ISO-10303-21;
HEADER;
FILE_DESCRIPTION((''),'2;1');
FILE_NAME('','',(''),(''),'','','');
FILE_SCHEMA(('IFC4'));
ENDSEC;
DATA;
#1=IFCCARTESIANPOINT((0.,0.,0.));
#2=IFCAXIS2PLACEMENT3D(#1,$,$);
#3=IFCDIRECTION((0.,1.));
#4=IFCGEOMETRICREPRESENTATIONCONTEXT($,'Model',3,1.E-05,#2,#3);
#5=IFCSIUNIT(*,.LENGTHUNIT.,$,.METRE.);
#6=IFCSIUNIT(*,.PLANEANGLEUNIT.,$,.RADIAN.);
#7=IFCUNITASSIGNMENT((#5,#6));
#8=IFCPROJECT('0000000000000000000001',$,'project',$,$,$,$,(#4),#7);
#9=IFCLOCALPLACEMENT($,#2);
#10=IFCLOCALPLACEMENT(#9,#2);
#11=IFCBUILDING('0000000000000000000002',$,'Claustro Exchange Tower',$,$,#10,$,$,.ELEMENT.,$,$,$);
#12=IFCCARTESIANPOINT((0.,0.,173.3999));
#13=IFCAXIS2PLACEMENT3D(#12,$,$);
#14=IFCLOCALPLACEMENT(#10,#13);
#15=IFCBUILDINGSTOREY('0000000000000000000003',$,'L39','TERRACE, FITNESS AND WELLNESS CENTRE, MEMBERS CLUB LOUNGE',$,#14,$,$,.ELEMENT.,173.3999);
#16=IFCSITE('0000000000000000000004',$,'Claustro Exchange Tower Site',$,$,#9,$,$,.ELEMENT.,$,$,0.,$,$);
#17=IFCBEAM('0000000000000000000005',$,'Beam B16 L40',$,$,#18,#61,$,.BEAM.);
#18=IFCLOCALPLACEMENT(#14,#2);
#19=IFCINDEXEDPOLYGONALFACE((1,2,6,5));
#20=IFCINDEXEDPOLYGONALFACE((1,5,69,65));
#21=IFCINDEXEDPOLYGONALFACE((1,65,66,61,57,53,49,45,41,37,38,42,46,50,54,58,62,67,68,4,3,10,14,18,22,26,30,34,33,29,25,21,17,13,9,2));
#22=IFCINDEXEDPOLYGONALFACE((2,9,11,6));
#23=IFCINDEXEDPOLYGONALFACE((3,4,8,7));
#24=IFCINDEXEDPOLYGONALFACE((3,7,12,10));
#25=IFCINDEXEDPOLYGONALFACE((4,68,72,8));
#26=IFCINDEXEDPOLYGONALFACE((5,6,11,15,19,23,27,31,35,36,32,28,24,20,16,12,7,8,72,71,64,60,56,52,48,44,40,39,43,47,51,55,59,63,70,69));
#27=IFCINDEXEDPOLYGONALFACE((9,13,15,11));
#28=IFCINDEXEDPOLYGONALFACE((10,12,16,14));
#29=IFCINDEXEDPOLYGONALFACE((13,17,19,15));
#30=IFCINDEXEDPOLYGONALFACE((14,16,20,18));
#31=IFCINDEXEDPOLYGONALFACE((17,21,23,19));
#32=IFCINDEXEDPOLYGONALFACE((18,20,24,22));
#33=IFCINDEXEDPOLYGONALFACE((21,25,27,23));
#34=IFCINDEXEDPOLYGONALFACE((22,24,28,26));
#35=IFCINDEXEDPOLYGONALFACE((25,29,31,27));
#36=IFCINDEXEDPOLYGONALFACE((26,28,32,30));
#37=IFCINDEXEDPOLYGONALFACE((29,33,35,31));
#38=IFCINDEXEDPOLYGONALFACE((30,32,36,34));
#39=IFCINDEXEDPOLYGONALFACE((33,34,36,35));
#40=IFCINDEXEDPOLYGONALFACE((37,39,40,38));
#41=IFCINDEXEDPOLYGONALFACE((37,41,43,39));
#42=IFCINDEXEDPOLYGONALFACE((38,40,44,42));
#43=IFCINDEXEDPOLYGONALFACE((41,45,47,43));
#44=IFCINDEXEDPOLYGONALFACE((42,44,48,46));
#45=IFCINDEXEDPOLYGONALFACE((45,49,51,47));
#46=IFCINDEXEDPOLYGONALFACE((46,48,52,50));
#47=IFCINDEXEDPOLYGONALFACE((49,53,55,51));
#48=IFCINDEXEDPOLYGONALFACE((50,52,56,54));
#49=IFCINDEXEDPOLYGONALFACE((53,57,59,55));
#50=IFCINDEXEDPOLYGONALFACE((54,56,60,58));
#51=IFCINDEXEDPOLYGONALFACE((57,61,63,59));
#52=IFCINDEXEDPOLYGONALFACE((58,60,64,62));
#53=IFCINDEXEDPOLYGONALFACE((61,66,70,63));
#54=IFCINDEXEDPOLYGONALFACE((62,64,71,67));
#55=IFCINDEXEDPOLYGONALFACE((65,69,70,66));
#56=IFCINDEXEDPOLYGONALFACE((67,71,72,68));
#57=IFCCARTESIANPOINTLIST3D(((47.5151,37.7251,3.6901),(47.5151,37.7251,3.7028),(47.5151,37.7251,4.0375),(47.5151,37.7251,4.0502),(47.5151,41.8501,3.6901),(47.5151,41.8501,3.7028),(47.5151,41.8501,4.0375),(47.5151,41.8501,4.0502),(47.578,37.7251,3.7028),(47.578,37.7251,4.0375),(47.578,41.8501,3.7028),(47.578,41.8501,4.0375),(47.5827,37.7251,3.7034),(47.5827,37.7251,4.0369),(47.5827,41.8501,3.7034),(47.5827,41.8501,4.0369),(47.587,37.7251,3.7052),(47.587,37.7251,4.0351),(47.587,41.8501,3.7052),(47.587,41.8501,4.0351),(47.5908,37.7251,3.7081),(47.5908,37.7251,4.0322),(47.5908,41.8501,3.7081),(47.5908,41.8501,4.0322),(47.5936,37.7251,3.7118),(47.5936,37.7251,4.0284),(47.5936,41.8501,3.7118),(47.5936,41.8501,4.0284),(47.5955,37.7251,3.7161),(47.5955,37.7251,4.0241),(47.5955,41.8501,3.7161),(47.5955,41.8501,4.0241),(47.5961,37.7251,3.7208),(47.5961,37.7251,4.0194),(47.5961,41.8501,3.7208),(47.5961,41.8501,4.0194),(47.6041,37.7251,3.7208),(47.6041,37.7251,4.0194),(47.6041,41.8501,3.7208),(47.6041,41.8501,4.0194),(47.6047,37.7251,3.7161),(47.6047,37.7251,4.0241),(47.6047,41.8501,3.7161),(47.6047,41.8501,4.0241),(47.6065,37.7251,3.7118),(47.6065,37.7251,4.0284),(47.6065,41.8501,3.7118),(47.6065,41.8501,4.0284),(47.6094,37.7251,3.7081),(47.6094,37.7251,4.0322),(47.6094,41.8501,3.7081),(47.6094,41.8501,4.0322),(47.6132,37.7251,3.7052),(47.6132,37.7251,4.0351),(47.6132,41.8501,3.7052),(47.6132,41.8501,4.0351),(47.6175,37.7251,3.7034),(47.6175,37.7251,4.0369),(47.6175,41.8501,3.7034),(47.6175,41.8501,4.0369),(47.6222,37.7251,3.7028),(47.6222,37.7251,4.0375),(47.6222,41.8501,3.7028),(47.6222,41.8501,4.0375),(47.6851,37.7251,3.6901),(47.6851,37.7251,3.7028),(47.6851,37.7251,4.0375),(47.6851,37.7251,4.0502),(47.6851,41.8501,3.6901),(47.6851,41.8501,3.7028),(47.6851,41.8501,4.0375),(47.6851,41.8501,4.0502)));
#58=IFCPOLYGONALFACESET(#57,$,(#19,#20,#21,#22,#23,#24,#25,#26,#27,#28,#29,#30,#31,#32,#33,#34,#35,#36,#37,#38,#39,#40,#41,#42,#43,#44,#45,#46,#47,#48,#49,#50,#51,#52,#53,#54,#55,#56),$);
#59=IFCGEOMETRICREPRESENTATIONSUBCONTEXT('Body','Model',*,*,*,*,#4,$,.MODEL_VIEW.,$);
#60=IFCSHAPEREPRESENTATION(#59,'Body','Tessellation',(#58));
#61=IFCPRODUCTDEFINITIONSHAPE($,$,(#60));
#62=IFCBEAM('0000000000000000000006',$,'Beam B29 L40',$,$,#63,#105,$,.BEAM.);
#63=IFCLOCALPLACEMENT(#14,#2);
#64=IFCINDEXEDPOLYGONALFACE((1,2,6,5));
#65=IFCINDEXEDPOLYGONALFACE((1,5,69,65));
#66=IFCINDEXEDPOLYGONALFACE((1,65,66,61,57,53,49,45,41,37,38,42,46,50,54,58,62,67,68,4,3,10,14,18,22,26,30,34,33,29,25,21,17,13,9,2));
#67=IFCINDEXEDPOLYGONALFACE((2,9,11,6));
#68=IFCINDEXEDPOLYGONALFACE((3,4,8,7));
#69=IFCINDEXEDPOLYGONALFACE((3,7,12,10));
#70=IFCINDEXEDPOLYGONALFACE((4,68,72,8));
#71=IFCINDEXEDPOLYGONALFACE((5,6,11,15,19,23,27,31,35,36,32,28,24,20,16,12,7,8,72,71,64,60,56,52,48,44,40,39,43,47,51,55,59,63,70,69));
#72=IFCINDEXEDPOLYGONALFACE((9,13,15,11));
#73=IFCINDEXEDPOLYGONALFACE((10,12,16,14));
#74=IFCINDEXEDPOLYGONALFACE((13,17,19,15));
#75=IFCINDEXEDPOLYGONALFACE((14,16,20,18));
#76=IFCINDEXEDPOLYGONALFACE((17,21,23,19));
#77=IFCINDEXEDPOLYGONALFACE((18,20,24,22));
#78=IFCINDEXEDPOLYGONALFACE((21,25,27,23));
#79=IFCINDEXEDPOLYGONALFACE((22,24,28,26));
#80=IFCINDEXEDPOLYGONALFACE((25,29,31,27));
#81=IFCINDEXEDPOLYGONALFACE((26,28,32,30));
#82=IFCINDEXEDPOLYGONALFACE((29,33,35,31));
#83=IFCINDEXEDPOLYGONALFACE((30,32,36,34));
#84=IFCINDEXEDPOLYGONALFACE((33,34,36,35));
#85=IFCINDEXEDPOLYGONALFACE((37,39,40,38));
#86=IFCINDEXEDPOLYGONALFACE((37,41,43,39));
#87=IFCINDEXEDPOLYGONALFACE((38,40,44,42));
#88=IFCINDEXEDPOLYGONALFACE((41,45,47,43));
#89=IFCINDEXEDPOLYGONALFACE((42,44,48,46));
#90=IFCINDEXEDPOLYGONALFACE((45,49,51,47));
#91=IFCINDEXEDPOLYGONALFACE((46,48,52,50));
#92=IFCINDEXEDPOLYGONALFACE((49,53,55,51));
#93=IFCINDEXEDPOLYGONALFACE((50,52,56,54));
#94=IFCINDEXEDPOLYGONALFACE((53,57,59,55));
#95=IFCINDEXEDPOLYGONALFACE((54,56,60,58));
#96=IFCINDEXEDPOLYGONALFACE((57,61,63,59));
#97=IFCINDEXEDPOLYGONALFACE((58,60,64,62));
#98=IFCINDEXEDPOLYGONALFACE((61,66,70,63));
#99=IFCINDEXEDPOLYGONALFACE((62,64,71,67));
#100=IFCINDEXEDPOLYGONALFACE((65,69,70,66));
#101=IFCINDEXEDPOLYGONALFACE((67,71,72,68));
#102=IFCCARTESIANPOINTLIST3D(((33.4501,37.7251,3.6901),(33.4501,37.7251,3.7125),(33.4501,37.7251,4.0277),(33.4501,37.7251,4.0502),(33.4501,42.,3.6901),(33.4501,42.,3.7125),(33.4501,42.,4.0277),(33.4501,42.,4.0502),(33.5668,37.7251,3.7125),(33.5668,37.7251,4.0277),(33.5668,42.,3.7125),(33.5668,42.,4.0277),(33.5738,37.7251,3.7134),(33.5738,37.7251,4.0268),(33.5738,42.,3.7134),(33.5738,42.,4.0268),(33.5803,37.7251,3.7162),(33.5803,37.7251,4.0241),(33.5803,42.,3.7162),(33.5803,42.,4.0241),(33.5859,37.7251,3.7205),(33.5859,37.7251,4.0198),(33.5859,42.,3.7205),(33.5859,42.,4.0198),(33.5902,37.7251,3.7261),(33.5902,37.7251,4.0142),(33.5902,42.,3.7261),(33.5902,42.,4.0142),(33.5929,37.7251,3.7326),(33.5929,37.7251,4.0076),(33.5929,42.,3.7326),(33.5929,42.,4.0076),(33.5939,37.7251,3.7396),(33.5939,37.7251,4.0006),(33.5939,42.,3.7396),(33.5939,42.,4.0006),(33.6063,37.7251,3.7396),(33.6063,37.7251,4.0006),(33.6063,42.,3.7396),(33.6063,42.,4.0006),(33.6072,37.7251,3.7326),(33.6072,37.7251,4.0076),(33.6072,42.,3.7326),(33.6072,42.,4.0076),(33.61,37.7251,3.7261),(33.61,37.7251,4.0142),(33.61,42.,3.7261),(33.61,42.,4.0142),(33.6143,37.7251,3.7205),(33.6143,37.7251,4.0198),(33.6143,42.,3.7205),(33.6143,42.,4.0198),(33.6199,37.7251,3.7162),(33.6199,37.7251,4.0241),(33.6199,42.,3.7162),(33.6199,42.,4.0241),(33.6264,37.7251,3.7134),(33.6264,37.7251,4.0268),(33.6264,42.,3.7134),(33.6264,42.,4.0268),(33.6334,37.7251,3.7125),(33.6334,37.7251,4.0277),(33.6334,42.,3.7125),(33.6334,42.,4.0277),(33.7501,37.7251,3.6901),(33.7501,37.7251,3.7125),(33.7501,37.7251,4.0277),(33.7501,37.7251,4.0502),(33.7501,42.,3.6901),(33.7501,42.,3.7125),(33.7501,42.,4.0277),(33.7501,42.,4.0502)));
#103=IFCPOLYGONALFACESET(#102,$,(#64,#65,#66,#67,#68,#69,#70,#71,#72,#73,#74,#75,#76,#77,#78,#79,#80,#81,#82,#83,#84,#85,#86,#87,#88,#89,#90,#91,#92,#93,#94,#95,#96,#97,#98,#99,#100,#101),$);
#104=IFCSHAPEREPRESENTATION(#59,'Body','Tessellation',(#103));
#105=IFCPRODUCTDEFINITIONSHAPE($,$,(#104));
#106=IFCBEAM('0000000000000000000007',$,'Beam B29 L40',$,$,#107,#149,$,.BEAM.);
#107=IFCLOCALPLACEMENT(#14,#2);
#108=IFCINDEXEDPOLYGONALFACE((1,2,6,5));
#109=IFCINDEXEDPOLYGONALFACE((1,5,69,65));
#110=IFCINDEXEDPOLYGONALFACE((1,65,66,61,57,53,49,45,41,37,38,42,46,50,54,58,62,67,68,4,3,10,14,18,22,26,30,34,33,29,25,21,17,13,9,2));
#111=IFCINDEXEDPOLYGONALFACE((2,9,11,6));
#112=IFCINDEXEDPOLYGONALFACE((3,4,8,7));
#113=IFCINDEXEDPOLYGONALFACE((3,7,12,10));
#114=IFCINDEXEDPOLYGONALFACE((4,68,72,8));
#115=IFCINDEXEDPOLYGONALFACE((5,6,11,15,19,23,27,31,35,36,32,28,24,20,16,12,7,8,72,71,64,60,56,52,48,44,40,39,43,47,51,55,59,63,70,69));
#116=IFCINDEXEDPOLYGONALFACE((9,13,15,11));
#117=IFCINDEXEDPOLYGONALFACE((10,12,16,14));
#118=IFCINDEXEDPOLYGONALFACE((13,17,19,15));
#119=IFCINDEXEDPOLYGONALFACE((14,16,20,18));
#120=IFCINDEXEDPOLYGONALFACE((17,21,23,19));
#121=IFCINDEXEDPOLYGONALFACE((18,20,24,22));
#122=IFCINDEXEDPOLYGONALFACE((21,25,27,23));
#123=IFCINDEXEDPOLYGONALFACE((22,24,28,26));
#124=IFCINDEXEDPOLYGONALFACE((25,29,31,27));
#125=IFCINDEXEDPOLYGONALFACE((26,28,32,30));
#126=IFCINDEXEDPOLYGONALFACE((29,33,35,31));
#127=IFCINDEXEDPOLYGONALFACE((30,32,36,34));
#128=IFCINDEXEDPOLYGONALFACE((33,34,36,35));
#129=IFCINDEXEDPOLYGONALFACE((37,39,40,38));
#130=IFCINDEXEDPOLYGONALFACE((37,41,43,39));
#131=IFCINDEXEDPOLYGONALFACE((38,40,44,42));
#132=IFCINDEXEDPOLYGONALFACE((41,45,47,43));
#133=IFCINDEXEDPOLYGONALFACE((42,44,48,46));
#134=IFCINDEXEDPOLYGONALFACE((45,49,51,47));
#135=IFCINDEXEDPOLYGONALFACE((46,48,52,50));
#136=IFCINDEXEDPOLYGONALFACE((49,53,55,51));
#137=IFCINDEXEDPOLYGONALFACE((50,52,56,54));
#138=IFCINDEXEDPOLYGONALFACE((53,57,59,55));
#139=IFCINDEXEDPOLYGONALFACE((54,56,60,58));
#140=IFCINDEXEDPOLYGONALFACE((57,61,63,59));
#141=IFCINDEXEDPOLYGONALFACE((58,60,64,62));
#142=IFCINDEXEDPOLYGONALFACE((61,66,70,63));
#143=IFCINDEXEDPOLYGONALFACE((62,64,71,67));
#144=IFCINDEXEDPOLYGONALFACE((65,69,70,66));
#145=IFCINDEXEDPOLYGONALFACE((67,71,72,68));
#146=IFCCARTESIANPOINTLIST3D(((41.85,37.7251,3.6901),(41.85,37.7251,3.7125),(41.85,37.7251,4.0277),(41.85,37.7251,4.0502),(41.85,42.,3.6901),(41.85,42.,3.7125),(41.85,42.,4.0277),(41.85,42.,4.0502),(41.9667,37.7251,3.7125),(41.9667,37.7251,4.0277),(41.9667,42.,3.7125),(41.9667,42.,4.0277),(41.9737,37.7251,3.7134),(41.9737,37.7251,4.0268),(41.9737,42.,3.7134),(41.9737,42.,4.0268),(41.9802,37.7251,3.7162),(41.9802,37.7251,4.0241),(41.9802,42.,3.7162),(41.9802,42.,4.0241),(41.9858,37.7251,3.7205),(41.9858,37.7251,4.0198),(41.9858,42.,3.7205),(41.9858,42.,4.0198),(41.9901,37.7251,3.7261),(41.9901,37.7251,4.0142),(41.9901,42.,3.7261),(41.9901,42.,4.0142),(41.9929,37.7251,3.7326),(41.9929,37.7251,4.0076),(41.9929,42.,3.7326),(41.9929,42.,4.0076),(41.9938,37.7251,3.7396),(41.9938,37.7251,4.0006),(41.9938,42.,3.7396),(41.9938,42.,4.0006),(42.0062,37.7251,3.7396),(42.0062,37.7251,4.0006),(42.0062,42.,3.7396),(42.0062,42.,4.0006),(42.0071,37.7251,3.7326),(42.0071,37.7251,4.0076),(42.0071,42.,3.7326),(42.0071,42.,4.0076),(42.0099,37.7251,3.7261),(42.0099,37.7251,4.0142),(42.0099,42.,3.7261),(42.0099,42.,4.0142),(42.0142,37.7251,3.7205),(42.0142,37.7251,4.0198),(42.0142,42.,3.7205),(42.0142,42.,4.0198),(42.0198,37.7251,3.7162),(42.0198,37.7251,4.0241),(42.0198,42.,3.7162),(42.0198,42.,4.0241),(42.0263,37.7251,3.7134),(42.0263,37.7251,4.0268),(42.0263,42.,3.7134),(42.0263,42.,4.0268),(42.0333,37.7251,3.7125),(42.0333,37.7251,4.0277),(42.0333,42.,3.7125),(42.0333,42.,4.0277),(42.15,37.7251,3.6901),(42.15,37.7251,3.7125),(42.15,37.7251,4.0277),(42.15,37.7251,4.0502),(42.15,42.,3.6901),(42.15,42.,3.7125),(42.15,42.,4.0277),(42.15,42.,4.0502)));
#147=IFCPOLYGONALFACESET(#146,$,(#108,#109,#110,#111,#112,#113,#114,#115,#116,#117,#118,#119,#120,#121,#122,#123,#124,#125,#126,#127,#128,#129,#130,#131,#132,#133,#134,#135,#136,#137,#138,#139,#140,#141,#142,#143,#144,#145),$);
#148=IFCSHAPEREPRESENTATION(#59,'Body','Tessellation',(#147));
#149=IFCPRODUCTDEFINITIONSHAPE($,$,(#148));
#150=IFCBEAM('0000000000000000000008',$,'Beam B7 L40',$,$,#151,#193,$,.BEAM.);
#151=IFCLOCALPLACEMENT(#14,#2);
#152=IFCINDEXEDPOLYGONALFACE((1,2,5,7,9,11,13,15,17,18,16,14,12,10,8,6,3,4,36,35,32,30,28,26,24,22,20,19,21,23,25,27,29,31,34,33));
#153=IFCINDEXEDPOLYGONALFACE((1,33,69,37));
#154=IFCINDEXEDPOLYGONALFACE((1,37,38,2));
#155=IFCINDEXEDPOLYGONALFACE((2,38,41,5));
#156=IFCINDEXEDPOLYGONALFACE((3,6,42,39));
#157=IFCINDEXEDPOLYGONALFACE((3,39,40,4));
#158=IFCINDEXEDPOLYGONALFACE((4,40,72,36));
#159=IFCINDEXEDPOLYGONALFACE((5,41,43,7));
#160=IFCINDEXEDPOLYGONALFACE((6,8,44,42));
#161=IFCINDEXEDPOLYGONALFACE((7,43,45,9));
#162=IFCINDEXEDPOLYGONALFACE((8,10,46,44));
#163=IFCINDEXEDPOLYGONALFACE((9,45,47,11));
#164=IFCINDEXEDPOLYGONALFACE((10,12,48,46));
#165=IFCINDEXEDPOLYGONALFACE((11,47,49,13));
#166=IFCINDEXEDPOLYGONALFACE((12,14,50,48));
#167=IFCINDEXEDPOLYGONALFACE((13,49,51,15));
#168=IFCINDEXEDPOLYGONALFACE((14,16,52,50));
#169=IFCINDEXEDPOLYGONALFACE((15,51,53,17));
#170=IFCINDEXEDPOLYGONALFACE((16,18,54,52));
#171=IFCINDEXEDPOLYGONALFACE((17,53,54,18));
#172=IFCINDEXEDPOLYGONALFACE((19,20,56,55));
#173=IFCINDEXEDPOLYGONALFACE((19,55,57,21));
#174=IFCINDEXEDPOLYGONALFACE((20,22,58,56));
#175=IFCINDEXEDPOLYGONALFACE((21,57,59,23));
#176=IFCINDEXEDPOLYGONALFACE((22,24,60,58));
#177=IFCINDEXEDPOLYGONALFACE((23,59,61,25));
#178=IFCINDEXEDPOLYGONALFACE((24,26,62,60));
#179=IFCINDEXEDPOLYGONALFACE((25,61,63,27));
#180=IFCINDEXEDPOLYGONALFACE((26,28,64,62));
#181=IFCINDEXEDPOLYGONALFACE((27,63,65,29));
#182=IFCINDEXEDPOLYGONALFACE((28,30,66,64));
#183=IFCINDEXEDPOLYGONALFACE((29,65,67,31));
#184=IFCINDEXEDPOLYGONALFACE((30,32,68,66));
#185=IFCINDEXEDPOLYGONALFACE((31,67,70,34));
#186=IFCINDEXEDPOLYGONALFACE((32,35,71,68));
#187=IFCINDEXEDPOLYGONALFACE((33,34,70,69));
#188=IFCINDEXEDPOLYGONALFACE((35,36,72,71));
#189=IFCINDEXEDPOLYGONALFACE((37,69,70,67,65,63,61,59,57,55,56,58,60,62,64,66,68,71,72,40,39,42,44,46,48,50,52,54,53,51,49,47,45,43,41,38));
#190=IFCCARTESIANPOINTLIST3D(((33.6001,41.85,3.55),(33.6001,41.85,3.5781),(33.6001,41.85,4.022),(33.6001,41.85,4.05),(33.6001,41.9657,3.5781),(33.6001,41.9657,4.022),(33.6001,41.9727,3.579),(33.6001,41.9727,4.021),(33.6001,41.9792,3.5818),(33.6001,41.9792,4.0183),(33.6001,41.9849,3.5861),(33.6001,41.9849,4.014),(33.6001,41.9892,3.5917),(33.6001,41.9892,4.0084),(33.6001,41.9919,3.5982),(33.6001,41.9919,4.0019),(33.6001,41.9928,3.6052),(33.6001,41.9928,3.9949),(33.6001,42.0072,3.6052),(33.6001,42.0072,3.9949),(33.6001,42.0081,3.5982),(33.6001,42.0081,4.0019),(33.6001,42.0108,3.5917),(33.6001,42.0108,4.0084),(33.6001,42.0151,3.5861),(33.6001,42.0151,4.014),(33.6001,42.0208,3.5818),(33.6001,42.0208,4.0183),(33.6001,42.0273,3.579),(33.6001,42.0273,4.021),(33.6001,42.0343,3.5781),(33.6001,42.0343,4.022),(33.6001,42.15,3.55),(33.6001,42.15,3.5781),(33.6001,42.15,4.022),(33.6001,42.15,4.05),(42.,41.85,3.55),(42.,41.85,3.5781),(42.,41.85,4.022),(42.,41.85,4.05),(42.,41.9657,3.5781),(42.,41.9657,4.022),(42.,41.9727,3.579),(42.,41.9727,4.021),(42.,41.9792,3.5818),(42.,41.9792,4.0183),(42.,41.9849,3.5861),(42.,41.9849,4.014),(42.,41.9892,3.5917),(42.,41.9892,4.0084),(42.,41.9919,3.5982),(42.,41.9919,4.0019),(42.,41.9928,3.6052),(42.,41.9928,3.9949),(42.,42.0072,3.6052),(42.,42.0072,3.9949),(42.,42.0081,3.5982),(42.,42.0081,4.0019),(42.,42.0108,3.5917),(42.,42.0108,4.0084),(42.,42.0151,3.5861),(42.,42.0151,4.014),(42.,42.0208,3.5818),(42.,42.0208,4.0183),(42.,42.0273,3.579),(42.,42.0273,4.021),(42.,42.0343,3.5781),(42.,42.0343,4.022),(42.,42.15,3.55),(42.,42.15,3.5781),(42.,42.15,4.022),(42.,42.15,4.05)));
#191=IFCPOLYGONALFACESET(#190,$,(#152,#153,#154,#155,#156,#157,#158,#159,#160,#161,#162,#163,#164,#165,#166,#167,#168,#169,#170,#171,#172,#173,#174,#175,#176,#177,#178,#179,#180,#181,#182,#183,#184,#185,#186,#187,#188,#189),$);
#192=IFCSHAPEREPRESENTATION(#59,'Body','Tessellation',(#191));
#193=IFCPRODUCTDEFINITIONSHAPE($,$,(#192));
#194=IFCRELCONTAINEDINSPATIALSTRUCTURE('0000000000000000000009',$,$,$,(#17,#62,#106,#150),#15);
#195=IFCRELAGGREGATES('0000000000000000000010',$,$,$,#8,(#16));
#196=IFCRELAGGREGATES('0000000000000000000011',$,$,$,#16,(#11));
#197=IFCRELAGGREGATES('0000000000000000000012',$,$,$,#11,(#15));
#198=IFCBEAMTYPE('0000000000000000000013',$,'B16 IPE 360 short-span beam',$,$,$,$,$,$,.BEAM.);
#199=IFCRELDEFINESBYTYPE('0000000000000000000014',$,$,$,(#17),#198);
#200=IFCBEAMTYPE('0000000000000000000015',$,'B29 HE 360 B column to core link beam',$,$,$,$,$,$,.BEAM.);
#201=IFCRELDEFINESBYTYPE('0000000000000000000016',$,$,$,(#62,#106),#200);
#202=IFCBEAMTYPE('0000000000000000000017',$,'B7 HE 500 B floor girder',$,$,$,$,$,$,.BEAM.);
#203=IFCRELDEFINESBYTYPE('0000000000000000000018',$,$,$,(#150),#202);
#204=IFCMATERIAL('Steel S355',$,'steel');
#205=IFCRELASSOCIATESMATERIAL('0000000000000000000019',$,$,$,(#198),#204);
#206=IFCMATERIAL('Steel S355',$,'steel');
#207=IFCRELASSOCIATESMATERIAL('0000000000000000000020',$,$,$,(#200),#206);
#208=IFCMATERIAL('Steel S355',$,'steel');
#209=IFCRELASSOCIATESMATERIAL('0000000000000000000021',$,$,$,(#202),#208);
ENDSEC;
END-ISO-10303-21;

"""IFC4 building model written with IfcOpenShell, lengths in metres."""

from ifc_helpers import new_model, si_unit, direction, frame, origin, origin_2d, place, context, subcontext, project, spatial, i_section, extrude, material, material_profile, profile_set, type_object, element, save


model = new_model("IFC4")

# Units and contexts
model_context = context("Model", 3, precision=1e-05, world=origin(), true_north=direction((0.0, 1.0)))
body_context = subcontext(model_context, "Body", "Model", "MODEL_VIEW")
ifc_project = project(units=[si_unit("LENGTHUNIT", "METRE"), si_unit("PLANEANGLEUNIT", "RADIAN")], contexts=[model_context])

# Site, building, storey
site_placement = place(None, origin())
site = spatial("IfcSite", under=ifc_project, at=site_placement, Name="Claustro Exchange Tower Site", CompositionType="ELEMENT", RefElevation=0.0)
building_placement = place(site_placement, origin())
building = spatial("IfcBuilding", under=site, at=building_placement, Name="Claustro Exchange Tower", CompositionType="ELEMENT")
storey_placement = place(building_placement, frame((0.0, 0.0, 173.3999)))
storey = spatial("IfcBuildingStorey", under=building, at=storey_placement, Name="L39", Description="TERRACE, FITNESS AND WELLNESS CENTRE, MEMBERS CLUB LOUNGE", CompositionType="ELEMENT", Elevation=173.3999)

# Beams
ifc_material_1 = material(Name="Steel S355", Category="steel")
ifc_material_profile_1 = material_profile(ifc_material_1, i_section(OverallWidth=0.1699, OverallDepth=0.3601, WebThickness=0.0081, FlangeThickness=0.0127, FilletRadius=0.0181, at=origin_2d()), Name="IPE 360")
ifc_profile_set_1 = profile_set([ifc_material_profile_1], Name="Steel S355")
beam_type_1 = type_object("IfcBeamType", Name="B16 IPE 360 short-span beam", PredefinedType="BEAM", material=ifc_profile_set_1)
for number, where, z_axis, x_axis, name in (
    (1, (47.6001, 37.7251, 3.8701), (0.0, 1.0, 0.0), (-1.0, 0.0, 0.0), "Beam B16 L40"),
):
    element("IfcBeam", number, at=place(storey_placement, frame(where, z_axis=z_axis, x_axis=x_axis)), inside=storey, type_object=beam_type_1, Name=name, PredefinedType="BEAM", context=body_context, shape_type="SweptSolid", body=[
        extrude(i_section(OverallWidth=0.1699, OverallDepth=0.3601, WebThickness=0.0081, FlangeThickness=0.0127, FilletRadius=0.0181, at=origin_2d()), origin(), (0.0, 0.0, 1.0), 4.125),
    ])
ifc_material_2 = material(Name="Steel S355", Category="steel")
ifc_material_profile_2 = material_profile(ifc_material_2, i_section(OverallWidth=0.3, OverallDepth=0.3601, WebThickness=0.0125, FlangeThickness=0.0225, FilletRadius=0.0271, at=origin_2d()), Name="HE 360 B")
ifc_profile_set_2 = profile_set([ifc_material_profile_2], Name="Steel S355")
beam_type_2 = type_object("IfcBeamType", Name="B29 HE 360 B column to core link beam", PredefinedType="BEAM", material=ifc_profile_set_2)
for number, where, z_axis, x_axis, name in (
    (2, (33.6001, 37.7251, 3.8701), (0.0, 1.0, 0.0), (-1.0, 0.0, 0.0), "Beam B29 L40"),
    (3, (42.0, 37.7251, 3.8701), (0.0, 1.0, 0.0), (-1.0, 0.0, 0.0), "Beam B29 L40"),
):
    element("IfcBeam", number, at=place(storey_placement, frame(where, z_axis=z_axis, x_axis=x_axis)), inside=storey, type_object=beam_type_2, Name=name, PredefinedType="BEAM", context=body_context, shape_type="SweptSolid", body=[
        extrude(i_section(OverallWidth=0.3, OverallDepth=0.3601, WebThickness=0.0125, FlangeThickness=0.0225, FilletRadius=0.0271, at=origin_2d()), origin(), (0.0, 0.0, 1.0), 4.2749),
    ])
ifc_material_3 = material(Name="Steel S355", Category="steel")
ifc_material_profile_3 = material_profile(ifc_material_3, i_section(OverallWidth=0.3, OverallDepth=0.5, WebThickness=0.0144, FlangeThickness=0.0281, FilletRadius=0.0271, at=origin_2d()), Name="HE 500 B")
ifc_profile_set_3 = profile_set([ifc_material_profile_3], Name="Steel S355")
beam_type_3 = type_object("IfcBeamType", Name="B7 HE 500 B floor girder", PredefinedType="BEAM", material=ifc_profile_set_3)
beam_1_placement = place(storey_placement, frame((33.6001, 42.0, 3.8), z_axis=(1.0, 0.0, 0.0), x_axis=(0.0, 1.0, 0.0)))
element("IfcBeam", 4, at=beam_1_placement, inside=storey, type_object=beam_type_3, Name="Beam B7 L40", PredefinedType="BEAM", context=body_context, shape_type="SweptSolid", body=[
    extrude(i_section(OverallWidth=0.3, OverallDepth=0.5, WebThickness=0.0144, FlangeThickness=0.0281, FilletRadius=0.0271, at=origin_2d()), origin(), (0.0, 0.0, 1.0), 8.3999),
])

save(model, "model.ifc")
